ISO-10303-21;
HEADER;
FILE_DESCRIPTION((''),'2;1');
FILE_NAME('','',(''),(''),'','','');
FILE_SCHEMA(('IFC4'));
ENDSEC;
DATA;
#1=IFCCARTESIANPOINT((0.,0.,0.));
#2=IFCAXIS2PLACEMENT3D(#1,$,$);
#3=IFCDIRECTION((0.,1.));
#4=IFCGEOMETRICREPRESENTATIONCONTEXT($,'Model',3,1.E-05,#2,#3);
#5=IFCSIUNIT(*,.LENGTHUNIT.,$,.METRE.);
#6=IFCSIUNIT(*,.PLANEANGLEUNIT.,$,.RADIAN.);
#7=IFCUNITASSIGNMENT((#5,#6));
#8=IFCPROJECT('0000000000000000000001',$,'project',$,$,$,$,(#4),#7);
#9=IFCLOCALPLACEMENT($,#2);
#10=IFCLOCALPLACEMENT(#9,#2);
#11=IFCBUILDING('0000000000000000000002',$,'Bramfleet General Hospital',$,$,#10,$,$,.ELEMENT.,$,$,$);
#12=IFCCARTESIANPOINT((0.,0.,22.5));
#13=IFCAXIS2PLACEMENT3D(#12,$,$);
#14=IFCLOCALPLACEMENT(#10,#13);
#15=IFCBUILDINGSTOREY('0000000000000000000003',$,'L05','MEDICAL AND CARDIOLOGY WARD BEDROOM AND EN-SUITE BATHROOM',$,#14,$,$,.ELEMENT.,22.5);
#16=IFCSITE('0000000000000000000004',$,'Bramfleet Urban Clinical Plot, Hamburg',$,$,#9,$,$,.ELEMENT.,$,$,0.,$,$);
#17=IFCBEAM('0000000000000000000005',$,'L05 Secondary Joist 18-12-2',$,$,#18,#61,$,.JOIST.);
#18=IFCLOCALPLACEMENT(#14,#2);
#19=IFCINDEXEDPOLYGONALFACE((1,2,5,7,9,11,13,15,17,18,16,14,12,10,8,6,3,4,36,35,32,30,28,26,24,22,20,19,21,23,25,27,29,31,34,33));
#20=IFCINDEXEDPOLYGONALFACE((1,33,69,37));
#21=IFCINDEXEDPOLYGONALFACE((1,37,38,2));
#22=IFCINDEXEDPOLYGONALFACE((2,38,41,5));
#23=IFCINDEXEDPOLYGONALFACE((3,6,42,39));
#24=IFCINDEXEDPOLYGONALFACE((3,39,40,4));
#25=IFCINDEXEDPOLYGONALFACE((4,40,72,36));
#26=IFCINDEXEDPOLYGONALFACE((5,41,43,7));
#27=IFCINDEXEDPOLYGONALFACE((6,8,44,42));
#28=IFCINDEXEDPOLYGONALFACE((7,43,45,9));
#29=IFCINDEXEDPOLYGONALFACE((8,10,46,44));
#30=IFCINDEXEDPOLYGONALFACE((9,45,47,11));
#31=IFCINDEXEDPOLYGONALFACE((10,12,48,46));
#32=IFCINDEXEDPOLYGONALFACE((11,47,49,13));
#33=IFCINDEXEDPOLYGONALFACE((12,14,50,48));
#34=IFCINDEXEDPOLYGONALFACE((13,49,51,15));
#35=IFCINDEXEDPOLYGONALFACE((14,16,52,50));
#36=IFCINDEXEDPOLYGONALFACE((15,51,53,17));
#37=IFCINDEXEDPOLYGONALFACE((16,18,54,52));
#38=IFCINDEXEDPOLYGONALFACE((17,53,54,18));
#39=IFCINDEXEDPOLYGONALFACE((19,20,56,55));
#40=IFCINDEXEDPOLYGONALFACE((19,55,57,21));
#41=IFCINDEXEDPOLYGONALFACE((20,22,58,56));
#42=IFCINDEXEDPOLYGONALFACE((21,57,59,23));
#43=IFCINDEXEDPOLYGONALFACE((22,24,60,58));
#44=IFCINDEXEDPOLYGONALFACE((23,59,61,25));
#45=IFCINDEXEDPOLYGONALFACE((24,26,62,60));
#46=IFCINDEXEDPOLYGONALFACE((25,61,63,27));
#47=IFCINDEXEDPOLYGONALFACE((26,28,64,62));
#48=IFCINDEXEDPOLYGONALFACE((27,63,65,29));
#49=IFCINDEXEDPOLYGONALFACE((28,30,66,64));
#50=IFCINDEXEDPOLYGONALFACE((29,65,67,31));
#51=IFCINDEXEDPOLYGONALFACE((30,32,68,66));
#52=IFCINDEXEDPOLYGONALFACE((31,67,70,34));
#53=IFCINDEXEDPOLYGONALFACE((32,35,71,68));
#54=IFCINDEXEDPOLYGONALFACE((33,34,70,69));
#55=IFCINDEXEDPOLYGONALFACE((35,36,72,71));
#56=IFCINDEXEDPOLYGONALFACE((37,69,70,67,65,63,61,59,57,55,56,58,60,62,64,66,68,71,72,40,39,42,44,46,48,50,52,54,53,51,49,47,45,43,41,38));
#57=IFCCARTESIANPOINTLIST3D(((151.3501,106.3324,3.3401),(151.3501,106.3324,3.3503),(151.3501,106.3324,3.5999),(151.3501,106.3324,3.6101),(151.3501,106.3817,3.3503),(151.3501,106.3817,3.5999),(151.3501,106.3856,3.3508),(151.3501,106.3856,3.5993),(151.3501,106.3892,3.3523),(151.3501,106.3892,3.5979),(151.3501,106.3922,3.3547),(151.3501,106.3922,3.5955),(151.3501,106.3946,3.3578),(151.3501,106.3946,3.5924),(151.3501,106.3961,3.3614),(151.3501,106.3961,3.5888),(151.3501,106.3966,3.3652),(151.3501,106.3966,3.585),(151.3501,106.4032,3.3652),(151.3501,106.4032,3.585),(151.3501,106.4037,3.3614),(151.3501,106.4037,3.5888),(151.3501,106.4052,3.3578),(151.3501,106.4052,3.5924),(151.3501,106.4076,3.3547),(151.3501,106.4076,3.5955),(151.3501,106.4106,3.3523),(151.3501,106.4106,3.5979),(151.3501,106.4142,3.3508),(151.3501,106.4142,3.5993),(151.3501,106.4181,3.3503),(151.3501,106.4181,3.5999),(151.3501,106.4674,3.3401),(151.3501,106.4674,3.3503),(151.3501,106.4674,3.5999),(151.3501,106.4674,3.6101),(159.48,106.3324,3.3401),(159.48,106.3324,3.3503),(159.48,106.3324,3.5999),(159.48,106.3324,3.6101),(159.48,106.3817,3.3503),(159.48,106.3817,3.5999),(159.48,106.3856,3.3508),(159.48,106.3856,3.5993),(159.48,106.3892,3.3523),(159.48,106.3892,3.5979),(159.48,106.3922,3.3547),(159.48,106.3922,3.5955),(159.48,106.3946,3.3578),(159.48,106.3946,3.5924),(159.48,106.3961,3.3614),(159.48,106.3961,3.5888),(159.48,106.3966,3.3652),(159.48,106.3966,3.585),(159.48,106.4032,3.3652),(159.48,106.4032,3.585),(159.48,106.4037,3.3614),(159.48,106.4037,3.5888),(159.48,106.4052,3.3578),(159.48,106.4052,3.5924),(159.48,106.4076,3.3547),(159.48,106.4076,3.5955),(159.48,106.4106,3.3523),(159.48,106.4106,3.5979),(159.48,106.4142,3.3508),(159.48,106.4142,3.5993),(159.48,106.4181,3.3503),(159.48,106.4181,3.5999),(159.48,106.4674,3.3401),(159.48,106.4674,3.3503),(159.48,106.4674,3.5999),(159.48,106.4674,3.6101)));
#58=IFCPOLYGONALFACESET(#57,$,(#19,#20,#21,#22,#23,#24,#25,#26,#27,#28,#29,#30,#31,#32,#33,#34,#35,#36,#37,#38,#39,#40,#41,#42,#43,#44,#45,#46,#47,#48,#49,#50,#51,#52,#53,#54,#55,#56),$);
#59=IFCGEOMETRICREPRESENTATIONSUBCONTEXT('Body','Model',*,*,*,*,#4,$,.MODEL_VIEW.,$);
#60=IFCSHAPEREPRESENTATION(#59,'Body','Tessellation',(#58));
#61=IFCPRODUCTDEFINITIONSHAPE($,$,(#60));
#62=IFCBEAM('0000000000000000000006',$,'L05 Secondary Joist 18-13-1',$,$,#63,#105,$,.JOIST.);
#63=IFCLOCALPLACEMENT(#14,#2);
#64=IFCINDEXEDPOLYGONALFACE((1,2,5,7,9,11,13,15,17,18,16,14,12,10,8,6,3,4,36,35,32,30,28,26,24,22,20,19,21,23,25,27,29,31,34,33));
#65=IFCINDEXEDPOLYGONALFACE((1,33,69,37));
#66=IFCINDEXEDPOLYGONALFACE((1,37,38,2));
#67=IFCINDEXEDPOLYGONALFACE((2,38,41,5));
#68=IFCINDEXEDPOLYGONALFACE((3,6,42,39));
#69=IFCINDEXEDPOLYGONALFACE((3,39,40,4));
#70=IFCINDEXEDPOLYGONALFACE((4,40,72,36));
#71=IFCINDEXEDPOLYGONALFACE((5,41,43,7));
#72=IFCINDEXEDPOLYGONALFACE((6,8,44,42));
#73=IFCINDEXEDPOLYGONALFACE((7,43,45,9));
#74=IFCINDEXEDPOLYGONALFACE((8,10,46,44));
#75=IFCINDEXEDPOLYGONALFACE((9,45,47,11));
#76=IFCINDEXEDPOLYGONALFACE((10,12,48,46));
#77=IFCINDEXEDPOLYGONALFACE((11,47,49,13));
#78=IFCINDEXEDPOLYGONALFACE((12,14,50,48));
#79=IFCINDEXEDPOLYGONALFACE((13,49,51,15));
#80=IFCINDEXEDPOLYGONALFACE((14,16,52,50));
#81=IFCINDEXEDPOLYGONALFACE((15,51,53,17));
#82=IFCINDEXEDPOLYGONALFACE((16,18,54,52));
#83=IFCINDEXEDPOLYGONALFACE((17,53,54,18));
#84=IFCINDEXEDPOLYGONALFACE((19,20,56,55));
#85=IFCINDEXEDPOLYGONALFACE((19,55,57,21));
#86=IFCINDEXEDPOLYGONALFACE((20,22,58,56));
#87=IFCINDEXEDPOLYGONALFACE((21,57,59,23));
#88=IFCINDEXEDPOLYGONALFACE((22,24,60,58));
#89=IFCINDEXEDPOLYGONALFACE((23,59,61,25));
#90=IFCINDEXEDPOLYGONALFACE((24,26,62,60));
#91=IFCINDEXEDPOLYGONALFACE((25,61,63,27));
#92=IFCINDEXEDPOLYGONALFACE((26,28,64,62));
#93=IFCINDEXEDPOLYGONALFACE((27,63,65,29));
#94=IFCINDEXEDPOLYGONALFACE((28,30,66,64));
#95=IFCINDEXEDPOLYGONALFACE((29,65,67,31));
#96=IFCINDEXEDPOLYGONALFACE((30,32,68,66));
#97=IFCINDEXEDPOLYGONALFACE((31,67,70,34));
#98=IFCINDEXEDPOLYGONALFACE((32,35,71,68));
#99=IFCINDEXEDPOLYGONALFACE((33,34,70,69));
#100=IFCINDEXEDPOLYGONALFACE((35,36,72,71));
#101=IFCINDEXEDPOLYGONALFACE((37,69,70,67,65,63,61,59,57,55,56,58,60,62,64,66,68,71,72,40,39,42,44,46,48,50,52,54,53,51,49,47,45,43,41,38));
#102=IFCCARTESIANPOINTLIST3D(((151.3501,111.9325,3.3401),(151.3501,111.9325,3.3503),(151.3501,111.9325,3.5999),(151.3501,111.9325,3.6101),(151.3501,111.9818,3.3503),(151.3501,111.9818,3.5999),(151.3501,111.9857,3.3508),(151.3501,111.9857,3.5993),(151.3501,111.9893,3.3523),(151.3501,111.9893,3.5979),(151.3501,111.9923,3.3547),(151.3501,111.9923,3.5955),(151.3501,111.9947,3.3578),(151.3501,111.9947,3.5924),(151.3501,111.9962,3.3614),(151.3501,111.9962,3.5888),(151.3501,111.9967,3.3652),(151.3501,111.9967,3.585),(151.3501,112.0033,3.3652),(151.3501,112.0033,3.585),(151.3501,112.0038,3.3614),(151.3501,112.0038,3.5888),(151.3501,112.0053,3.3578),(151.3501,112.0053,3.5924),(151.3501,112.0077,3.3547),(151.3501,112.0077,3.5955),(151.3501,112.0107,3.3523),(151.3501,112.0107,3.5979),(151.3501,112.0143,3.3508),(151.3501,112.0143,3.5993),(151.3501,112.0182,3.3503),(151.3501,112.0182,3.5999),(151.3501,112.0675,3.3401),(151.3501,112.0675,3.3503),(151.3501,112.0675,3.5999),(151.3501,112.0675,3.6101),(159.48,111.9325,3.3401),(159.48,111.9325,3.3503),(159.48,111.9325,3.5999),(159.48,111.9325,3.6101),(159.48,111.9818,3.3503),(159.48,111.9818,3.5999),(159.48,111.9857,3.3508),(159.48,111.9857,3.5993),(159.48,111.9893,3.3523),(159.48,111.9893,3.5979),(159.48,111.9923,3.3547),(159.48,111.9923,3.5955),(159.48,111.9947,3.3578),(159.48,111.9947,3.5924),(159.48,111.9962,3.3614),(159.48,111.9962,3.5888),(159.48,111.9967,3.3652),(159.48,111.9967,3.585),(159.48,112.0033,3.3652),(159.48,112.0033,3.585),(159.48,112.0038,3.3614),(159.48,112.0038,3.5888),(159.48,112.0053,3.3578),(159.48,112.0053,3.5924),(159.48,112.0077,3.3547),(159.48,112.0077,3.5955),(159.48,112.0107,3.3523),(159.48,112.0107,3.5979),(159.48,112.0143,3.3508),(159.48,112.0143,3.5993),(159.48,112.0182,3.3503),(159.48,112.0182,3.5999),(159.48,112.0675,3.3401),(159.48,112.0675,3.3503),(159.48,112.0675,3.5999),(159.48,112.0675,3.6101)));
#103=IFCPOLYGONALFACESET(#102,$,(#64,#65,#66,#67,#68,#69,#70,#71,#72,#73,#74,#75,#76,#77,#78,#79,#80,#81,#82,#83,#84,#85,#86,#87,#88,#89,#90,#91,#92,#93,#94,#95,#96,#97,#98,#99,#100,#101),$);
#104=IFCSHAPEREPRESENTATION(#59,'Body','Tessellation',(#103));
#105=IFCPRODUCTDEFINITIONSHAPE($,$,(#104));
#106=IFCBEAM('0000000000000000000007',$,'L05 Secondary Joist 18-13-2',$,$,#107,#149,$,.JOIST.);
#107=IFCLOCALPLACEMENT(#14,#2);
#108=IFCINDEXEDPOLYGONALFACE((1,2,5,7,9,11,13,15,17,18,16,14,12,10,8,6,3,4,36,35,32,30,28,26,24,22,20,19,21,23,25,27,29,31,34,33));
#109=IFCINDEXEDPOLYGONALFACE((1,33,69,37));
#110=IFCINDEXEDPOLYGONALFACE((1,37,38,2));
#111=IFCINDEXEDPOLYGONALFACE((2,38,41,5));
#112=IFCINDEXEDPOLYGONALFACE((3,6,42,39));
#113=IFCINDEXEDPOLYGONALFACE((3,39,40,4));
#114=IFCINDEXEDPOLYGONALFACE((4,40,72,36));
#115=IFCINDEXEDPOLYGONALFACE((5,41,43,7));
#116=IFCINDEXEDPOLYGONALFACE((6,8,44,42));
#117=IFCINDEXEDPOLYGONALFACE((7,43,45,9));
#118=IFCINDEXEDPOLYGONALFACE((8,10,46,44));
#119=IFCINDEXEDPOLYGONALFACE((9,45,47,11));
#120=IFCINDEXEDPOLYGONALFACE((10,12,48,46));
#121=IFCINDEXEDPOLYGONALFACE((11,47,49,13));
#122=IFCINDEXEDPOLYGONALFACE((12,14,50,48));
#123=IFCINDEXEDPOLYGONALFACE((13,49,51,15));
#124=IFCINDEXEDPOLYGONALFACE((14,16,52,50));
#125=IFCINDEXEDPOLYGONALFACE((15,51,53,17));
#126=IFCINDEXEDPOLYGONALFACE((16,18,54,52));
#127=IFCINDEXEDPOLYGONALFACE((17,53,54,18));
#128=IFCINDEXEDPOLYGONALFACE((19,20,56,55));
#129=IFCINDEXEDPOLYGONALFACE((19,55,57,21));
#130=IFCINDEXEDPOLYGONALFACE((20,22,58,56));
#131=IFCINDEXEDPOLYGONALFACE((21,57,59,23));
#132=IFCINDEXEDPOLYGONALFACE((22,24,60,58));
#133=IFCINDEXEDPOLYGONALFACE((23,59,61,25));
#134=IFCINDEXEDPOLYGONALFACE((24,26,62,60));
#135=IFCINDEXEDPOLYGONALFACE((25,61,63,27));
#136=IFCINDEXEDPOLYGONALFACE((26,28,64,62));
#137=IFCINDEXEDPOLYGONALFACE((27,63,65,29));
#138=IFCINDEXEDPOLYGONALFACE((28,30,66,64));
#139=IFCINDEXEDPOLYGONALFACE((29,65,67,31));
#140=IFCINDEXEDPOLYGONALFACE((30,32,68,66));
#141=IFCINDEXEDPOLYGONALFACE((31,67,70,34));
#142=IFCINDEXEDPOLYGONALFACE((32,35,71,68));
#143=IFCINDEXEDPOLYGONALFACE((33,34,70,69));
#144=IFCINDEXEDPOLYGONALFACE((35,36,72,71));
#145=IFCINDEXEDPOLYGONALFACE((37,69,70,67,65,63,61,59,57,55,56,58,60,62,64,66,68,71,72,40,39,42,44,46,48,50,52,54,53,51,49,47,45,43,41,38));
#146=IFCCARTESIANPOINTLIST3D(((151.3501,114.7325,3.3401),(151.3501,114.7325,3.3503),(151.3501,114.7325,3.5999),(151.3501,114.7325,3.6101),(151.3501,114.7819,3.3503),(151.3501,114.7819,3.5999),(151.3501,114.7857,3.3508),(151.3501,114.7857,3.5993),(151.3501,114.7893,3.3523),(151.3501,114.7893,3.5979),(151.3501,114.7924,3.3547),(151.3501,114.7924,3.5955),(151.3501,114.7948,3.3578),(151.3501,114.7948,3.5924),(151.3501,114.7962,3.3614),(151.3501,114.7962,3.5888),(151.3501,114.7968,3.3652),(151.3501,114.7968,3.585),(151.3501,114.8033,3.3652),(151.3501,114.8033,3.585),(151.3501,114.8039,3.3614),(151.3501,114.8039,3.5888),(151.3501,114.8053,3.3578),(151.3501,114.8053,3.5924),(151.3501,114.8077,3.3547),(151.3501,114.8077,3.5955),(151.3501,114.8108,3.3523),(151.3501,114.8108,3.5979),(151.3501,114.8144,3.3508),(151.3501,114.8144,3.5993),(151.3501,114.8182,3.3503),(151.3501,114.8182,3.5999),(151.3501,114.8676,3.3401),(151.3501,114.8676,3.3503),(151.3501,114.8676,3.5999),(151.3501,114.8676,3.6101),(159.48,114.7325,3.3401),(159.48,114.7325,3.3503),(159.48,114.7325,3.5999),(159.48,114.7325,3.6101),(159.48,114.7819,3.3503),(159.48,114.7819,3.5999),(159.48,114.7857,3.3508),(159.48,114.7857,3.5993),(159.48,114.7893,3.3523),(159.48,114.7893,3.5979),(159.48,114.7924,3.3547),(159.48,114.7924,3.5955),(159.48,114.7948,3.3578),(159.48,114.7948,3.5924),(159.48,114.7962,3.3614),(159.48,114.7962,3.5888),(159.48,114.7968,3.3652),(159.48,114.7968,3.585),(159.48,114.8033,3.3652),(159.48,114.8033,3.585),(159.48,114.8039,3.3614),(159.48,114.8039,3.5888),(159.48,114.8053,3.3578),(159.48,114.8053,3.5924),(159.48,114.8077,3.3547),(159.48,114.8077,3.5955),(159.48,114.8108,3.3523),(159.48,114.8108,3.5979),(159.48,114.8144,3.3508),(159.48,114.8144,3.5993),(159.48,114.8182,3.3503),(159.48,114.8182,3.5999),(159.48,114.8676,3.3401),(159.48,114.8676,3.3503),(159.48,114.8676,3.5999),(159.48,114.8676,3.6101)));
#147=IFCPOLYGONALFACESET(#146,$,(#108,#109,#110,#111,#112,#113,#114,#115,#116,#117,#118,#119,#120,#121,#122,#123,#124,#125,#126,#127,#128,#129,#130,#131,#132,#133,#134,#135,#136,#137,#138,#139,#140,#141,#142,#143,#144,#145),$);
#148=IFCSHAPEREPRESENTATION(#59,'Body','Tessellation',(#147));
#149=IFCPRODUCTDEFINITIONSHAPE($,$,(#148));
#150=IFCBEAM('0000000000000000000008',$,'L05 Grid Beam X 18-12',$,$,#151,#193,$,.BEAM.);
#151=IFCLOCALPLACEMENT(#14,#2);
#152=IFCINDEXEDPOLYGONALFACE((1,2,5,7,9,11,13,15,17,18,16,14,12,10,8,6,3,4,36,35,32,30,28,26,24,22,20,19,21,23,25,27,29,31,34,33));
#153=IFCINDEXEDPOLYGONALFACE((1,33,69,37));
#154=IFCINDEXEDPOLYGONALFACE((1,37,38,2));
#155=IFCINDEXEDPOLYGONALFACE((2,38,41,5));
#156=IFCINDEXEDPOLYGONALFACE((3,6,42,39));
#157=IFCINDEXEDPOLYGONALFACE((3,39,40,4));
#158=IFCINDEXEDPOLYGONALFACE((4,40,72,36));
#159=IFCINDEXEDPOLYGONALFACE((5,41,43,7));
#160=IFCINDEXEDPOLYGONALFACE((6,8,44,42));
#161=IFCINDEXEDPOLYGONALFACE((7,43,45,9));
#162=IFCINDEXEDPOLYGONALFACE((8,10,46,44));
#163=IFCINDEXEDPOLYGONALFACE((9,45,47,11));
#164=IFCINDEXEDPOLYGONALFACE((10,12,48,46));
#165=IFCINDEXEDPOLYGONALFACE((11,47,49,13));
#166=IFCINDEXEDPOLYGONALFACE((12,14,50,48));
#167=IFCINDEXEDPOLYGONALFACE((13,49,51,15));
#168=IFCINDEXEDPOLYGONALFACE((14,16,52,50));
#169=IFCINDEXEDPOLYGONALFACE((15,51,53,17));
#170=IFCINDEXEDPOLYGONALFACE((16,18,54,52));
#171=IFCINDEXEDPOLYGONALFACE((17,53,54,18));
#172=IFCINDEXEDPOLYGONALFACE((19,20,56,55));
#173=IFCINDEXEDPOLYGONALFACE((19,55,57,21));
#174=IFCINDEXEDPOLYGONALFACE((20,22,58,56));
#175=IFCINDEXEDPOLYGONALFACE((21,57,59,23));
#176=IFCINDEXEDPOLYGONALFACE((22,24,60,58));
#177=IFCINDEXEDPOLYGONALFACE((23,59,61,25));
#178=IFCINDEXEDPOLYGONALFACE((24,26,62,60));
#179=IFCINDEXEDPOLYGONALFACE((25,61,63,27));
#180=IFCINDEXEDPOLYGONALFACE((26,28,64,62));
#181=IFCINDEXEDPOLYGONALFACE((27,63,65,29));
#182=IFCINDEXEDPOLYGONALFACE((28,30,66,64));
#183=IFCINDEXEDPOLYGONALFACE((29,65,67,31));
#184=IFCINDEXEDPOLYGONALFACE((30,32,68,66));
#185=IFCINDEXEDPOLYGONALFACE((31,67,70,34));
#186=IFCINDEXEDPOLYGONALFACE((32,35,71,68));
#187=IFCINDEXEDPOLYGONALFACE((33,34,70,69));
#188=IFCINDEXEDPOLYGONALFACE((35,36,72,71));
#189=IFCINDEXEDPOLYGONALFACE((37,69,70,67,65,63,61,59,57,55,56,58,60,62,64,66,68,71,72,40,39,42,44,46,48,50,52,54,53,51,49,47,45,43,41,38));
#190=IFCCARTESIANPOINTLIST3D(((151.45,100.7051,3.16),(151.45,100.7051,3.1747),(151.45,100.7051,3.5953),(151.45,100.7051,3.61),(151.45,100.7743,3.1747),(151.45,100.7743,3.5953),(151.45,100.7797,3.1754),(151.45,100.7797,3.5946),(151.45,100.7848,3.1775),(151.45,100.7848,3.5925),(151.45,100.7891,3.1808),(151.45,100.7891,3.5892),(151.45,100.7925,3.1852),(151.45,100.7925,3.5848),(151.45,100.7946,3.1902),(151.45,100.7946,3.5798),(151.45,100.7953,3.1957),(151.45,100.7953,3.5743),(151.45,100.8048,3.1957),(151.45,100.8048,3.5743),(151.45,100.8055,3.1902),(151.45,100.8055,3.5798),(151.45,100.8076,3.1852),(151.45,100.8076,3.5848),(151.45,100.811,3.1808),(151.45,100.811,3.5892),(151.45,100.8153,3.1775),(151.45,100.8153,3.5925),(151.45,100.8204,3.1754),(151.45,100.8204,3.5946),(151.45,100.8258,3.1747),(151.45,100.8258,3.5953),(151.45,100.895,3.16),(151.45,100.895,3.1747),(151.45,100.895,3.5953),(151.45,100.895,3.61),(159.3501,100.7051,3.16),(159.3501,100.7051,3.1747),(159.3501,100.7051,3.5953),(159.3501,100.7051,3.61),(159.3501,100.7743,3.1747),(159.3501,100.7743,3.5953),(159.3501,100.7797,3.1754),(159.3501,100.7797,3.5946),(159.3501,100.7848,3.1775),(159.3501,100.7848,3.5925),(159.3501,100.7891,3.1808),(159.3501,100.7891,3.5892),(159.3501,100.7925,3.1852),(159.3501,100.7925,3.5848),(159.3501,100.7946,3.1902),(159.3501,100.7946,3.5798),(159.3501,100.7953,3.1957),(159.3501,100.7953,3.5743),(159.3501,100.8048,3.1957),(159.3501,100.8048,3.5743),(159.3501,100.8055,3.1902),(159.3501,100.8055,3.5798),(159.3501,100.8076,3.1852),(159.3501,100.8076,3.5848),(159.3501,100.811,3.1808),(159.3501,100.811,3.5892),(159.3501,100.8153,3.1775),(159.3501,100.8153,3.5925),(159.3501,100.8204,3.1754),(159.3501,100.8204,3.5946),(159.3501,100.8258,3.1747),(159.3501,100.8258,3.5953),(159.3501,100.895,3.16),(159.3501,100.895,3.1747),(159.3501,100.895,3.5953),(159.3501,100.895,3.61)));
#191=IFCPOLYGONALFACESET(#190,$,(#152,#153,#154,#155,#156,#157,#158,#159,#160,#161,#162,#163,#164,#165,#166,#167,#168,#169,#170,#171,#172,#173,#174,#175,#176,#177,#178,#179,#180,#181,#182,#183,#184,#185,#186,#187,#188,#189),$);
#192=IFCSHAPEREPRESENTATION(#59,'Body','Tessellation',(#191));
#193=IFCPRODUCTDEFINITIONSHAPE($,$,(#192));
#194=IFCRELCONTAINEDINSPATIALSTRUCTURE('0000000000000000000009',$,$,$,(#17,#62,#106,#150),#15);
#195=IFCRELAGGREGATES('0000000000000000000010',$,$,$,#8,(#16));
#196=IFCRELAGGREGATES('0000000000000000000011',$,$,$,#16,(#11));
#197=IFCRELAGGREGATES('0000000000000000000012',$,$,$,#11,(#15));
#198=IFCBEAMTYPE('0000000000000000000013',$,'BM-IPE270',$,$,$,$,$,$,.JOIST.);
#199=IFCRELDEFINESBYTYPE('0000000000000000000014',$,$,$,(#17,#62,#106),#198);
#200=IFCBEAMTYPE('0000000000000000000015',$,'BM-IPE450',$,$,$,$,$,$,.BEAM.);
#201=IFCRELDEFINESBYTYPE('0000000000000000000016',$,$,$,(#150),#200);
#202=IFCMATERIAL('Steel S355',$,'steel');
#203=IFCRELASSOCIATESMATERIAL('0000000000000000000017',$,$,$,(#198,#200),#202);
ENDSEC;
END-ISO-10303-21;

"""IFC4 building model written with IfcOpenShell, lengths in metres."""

from ifc_helpers import new_model, si_unit, direction, frame, origin, origin_2d, place, context, subcontext, project, spatial, i_section, extrude, material, material_profile, profile_set, type_object, element, save


model = new_model("IFC4")

# Units and contexts
model_context = context("Model", 3, precision=1e-05, world=origin(), true_north=direction((0.0, 1.0)))
body_context = subcontext(model_context, "Body", "Model", "MODEL_VIEW")
ifc_project = project(units=[si_unit("LENGTHUNIT", "METRE"), si_unit("PLANEANGLEUNIT", "RADIAN")], contexts=[model_context])

# Site, building, storey
site_placement = place(None, origin())
site = spatial("IfcSite", under=ifc_project, at=site_placement, Name="Bramfleet Urban Clinical Plot, Hamburg", CompositionType="ELEMENT", RefElevation=0.0)
building_placement = place(site_placement, origin())
building = spatial("IfcBuilding", under=site, at=building_placement, Name="Bramfleet General Hospital", CompositionType="ELEMENT")
storey_placement = place(building_placement, frame((0.0, 0.0, 22.5)))
storey = spatial("IfcBuildingStorey", under=building, at=storey_placement, Name="L05", Description="MEDICAL AND CARDIOLOGY WARD BEDROOM AND EN-SUITE BATHROOM", CompositionType="ELEMENT", Elevation=22.5)

# Beams
ifc_material_1 = material(Name="Steel S355", Category="steel")
ifc_material_profile_1 = material_profile(ifc_material_1, i_section(OverallWidth=0.135, OverallDepth=0.27, WebThickness=0.0066, FlangeThickness=0.0103, FilletRadius=0.0149, at=origin_2d()), Name="IPE 270")
ifc_profile_set_1 = profile_set([ifc_material_profile_1], Name="Steel S355")
beam_type_1 = type_object("IfcBeamType", Name="BM-IPE270", PredefinedType="JOIST", material=ifc_profile_set_1)
for number, where, z_axis, x_axis, name in (
    (1, (151.3501, 106.3999, 3.4751), (1.0, 0.0, 0.0), (0.0, 1.0, 0.0), "L05 Secondary Joist 18-12-2"),
    (2, (151.3501, 112.0, 3.4751), (1.0, 0.0, 0.0), (0.0, 1.0, 0.0), "L05 Secondary Joist 18-13-1"),
    (3, (151.3501, 114.8, 3.4751), (1.0, 0.0, 0.0), (0.0, 1.0, 0.0), "L05 Secondary Joist 18-13-2"),
):
    element("IfcBeam", number, at=place(storey_placement, frame(where, z_axis=z_axis, x_axis=x_axis)), inside=storey, type_object=beam_type_1, Name=name, PredefinedType="JOIST", context=body_context, shape_type="SweptSolid", body=[
        extrude(i_section(OverallWidth=0.135, OverallDepth=0.27, WebThickness=0.0066, FlangeThickness=0.0103, FilletRadius=0.0149, at=origin_2d()), origin(), (0.0, 0.0, 1.0), 8.1299),
    ])
ifc_material_profile_2 = material_profile(ifc_material_1, i_section(OverallWidth=0.1899, OverallDepth=0.45, WebThickness=0.0095, FlangeThickness=0.0146, FilletRadius=0.021, at=origin_2d()), Name="IPE 450")
ifc_profile_set_2 = profile_set([ifc_material_profile_2], Name="Steel S355")
beam_type_2 = type_object("IfcBeamType", Name="BM-IPE450", PredefinedType="BEAM", material=ifc_profile_set_2)
for number, where, z_axis, x_axis, name in (
    (4, (151.45, 100.8, 3.385), (1.0, 0.0, 0.0), (0.0, 1.0, 0.0), "L05 Grid Beam X 18-12"),
):
    element("IfcBeam", number, at=place(storey_placement, frame(where, z_axis=z_axis, x_axis=x_axis)), inside=storey, type_object=beam_type_2, Name=name, PredefinedType="BEAM", context=body_context, shape_type="SweptSolid", body=[
        extrude(i_section(OverallWidth=0.1899, OverallDepth=0.45, WebThickness=0.0095, FlangeThickness=0.0146, FilletRadius=0.021, at=origin_2d()), origin(), (0.0, 0.0, 1.0), 7.9001),
    ])

save(model, "model.ifc")
